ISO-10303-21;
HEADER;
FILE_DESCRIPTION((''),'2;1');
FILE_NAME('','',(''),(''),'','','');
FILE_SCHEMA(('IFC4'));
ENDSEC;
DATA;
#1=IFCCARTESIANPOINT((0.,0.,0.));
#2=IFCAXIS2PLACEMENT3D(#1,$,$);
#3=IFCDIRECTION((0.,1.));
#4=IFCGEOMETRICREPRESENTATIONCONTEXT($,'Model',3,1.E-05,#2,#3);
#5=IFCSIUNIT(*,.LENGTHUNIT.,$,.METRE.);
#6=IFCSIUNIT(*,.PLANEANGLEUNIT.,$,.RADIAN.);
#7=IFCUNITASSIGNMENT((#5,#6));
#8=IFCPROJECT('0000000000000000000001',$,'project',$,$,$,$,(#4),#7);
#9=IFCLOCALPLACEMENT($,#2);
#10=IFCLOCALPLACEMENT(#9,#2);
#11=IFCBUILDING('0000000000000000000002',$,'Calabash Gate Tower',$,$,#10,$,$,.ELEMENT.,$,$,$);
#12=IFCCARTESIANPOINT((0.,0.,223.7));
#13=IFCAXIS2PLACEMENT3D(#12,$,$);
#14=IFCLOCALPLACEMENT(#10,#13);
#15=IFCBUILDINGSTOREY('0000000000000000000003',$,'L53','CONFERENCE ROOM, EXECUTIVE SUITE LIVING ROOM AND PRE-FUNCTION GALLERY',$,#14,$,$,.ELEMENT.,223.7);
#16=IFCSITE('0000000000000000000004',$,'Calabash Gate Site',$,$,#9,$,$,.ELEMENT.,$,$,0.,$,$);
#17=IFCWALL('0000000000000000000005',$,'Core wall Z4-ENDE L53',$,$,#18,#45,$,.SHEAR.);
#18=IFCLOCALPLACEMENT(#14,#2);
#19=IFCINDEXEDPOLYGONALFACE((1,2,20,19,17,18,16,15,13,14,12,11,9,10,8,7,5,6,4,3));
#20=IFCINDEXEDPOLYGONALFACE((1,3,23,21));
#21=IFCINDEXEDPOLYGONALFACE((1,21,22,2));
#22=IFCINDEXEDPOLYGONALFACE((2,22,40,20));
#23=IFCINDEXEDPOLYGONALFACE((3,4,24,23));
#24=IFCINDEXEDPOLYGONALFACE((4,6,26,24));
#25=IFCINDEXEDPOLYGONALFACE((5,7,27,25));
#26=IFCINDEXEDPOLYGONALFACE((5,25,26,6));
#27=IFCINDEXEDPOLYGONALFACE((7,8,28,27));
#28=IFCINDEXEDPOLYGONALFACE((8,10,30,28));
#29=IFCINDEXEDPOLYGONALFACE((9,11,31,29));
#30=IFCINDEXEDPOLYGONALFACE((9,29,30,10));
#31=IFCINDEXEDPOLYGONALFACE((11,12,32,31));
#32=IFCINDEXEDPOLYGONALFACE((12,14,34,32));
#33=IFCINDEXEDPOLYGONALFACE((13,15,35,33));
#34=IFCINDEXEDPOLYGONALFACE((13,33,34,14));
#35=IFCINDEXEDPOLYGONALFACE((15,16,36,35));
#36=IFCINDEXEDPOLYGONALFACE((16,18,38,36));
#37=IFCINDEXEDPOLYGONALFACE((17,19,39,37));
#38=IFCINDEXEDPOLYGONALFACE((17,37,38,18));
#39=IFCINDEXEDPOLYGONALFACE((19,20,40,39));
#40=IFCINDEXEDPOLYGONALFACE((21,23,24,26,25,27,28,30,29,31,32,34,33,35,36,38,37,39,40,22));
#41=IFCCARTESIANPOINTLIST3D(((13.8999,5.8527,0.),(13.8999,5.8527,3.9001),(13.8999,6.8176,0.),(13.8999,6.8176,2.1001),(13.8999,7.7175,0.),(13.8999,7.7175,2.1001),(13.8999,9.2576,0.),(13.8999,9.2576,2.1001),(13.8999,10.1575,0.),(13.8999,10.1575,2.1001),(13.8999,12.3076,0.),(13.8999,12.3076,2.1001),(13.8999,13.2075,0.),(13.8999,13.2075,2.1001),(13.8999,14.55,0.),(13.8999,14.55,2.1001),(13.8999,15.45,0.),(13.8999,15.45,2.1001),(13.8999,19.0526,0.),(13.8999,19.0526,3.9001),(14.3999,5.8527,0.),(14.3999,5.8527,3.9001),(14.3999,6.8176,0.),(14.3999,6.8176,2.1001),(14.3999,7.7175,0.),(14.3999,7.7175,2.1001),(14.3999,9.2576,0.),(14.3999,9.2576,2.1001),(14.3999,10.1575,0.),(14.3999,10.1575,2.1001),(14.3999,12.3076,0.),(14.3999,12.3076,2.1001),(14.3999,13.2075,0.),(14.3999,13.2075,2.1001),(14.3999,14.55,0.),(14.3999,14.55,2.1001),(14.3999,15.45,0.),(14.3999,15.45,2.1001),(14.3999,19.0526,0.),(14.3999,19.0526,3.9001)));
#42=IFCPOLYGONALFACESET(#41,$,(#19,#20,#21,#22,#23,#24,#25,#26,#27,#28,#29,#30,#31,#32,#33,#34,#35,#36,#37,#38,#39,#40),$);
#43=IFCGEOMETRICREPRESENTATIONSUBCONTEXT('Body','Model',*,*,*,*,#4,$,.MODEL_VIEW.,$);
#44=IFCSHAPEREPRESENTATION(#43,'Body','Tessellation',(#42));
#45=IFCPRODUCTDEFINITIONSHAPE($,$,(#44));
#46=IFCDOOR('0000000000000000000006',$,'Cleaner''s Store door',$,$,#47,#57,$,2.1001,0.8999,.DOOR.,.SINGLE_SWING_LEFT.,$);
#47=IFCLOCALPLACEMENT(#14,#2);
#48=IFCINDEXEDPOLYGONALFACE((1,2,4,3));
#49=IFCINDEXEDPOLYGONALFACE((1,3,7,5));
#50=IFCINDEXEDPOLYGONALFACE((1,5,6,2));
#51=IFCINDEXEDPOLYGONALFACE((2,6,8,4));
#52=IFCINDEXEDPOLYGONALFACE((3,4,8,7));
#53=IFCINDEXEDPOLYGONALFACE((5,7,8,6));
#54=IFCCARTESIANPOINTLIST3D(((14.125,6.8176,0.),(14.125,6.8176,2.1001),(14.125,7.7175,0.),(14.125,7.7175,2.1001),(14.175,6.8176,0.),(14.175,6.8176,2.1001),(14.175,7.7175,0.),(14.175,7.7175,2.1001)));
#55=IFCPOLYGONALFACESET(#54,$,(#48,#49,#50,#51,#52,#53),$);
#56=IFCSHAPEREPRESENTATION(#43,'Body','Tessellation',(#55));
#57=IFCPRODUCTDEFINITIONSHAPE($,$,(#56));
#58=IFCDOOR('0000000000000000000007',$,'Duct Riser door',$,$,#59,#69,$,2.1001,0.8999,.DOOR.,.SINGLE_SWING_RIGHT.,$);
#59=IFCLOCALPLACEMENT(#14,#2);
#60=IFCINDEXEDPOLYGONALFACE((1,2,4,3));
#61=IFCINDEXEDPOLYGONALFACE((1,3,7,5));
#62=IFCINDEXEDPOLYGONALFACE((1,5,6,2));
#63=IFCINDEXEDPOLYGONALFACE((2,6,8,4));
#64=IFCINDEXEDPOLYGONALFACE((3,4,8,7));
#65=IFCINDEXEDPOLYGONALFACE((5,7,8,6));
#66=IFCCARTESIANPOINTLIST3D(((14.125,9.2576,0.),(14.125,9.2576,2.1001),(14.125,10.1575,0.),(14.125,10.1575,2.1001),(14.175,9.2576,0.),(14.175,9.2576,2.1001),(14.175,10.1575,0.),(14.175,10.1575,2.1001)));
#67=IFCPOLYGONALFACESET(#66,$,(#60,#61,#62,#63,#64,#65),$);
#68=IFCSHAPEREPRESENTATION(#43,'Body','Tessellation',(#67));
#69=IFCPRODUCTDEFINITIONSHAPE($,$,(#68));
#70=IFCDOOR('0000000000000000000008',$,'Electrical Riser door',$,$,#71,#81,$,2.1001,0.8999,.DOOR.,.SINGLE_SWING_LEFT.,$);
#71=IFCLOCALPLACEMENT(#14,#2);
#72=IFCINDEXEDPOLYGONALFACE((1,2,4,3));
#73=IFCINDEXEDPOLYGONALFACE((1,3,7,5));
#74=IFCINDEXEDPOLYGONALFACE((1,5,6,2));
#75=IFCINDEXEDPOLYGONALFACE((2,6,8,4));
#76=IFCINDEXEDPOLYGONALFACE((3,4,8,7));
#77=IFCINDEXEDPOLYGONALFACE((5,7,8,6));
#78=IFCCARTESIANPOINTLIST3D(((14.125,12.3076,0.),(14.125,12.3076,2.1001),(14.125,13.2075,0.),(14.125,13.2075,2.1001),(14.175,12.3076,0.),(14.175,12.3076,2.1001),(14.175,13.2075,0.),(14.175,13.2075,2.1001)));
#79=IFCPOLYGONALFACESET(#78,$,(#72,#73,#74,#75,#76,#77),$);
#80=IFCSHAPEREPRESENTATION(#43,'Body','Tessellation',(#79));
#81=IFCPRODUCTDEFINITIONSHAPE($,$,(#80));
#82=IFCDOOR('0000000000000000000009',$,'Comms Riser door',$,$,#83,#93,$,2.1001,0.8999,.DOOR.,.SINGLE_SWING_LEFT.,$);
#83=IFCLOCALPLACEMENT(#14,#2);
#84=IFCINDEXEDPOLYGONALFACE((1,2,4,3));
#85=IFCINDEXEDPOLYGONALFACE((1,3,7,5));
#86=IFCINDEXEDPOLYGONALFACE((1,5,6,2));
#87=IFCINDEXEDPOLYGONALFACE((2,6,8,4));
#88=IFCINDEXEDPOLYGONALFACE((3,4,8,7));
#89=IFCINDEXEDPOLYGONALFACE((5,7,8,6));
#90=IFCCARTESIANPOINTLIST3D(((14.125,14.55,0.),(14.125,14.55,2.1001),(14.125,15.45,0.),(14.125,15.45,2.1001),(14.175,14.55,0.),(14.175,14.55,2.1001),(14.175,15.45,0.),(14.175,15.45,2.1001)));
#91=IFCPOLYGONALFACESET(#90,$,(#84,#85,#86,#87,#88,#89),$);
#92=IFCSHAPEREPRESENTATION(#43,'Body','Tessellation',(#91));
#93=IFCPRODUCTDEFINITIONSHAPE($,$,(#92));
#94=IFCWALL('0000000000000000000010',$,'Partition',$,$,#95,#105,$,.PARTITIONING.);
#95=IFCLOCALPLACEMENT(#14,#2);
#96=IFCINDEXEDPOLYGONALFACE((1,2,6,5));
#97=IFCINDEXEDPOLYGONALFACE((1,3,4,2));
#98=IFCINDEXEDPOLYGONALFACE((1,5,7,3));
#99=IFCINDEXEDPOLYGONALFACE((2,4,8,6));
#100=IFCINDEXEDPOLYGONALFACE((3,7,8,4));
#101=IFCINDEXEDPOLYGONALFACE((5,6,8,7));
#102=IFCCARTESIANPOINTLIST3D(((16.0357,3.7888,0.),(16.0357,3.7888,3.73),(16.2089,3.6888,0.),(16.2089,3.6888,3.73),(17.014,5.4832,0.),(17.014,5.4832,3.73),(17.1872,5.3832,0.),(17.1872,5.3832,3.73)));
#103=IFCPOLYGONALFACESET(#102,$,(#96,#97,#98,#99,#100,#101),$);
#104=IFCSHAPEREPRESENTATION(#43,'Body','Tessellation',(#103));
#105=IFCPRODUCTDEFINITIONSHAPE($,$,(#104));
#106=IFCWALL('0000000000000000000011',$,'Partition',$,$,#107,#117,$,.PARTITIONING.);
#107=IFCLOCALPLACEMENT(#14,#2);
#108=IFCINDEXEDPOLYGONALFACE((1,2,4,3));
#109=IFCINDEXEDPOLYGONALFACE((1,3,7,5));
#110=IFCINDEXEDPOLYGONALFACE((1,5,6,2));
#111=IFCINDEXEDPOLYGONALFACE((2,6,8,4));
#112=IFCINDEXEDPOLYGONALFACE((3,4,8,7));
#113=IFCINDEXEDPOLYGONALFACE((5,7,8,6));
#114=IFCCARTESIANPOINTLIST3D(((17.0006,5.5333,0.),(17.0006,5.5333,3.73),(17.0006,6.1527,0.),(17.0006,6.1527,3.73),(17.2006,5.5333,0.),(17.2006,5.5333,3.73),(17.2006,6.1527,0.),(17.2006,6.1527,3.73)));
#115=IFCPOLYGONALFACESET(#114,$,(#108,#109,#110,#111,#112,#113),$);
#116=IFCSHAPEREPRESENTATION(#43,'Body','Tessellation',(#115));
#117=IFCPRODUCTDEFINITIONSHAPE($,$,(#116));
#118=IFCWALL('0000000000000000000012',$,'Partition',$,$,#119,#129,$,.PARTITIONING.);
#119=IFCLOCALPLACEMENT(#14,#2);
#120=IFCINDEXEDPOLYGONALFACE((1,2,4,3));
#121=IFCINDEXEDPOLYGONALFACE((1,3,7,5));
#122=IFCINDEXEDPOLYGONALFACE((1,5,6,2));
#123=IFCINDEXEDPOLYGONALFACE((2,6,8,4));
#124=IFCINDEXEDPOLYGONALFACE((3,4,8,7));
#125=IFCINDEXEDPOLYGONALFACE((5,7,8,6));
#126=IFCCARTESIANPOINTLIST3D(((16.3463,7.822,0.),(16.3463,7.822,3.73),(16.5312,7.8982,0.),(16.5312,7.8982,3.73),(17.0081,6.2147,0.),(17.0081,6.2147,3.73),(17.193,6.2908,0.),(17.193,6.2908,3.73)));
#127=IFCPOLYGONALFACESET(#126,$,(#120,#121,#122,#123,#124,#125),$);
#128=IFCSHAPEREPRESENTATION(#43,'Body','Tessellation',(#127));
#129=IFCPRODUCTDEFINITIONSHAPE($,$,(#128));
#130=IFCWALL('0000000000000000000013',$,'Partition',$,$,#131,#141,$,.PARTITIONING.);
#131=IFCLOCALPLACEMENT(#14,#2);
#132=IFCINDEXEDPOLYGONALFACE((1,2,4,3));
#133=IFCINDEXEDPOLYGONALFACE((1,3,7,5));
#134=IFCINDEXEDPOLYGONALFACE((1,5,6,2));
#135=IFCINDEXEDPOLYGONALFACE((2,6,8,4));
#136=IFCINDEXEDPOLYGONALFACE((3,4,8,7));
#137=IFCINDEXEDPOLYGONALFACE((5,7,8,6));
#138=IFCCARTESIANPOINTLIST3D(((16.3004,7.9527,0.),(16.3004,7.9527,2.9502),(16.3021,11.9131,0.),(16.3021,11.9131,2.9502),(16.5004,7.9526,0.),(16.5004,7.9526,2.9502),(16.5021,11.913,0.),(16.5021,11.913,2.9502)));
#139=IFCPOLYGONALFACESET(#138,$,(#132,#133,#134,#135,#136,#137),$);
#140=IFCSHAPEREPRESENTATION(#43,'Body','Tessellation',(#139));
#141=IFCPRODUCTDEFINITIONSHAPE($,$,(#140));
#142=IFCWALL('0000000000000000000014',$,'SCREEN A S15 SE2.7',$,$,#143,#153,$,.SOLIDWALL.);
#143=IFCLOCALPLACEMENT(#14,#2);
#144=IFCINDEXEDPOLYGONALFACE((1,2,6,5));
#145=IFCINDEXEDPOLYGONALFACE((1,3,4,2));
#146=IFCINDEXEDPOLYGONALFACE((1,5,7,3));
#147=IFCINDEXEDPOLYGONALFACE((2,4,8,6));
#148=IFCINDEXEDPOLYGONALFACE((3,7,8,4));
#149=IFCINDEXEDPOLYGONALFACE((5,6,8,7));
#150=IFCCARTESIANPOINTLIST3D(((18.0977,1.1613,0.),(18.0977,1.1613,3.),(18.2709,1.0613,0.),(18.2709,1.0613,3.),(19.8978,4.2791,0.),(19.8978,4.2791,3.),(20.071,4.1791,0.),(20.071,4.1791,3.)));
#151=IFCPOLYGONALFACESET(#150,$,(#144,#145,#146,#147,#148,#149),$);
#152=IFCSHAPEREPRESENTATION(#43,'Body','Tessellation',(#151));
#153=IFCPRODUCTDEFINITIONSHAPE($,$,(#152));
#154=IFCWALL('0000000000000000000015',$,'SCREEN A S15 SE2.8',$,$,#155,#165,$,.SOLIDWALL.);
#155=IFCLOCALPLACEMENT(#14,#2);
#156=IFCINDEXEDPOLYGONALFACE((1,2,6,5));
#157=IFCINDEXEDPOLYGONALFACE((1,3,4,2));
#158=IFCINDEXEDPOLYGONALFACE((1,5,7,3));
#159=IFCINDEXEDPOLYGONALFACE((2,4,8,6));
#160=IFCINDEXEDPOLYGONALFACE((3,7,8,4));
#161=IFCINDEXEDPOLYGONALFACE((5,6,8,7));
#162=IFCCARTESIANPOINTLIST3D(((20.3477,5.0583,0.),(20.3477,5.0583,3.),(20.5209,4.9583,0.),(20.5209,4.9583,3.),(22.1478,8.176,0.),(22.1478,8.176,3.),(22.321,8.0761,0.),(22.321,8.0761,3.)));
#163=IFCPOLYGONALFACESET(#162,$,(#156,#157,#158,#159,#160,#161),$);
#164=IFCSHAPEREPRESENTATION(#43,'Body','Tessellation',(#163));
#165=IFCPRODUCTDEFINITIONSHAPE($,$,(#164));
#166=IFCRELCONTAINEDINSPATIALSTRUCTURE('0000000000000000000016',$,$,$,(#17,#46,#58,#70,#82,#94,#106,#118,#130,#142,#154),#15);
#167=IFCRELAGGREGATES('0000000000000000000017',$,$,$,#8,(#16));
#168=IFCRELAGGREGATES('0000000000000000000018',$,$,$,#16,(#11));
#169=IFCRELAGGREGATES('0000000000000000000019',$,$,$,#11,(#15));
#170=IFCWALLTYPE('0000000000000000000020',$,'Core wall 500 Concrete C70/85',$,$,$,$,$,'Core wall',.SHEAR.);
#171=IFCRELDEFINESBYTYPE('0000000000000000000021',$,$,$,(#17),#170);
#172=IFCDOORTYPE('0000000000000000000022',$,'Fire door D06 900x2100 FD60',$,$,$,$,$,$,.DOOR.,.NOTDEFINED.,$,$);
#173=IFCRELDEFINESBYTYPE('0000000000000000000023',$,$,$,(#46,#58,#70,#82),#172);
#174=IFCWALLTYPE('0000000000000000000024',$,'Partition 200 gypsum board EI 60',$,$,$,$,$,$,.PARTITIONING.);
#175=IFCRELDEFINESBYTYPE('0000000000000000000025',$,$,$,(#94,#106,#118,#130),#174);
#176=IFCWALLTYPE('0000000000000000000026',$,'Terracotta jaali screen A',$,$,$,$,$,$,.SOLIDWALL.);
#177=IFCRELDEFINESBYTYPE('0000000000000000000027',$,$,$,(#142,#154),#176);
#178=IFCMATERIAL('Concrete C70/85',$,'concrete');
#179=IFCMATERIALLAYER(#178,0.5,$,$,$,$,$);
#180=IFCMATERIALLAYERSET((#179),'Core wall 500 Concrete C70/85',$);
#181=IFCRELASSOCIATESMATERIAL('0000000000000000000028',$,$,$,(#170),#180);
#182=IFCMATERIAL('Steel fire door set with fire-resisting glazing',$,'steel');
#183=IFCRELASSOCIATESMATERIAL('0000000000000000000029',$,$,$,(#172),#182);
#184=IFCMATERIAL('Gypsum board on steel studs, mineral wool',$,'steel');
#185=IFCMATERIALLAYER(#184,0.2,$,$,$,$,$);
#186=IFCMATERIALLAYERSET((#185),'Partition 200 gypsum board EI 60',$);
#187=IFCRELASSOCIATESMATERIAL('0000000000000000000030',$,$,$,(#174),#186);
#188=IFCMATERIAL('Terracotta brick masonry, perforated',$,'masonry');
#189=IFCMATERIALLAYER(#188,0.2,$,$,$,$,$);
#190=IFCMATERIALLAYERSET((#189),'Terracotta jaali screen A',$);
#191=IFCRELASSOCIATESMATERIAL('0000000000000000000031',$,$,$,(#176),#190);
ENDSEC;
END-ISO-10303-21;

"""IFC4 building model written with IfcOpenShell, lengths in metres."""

from ifc_helpers import new_model, si_unit, direction, frame, frame_2d, origin, place, context, subcontext, project, spatial, rectangle, extrude, material, layer, layer_set, type_object, element, fill, save


model = new_model("IFC4")

# Units and contexts
model_context = context("Model", 3, precision=1e-05, world=origin(), true_north=direction((0.0, 1.0)))
body_context = subcontext(model_context, "Body", "Model", "MODEL_VIEW")
ifc_project = project(units=[si_unit("LENGTHUNIT", "METRE"), si_unit("PLANEANGLEUNIT", "RADIAN")], contexts=[model_context])

# Site, building, storey
site_placement = place(None, origin())
site = spatial("IfcSite", under=ifc_project, at=site_placement, Name="Calabash Gate Site", CompositionType="ELEMENT", RefElevation=0.0)
building_placement = place(site_placement, origin())
building = spatial("IfcBuilding", under=site, at=building_placement, Name="Calabash Gate Tower", CompositionType="ELEMENT")
storey_placement = place(building_placement, frame((0.0, 0.0, 223.7)))
storey = spatial("IfcBuildingStorey", under=building, at=storey_placement, Name="L53", Description="CONFERENCE ROOM, EXECUTIVE SUITE LIVING ROOM AND PRE-FUNCTION GALLERY", CompositionType="ELEMENT", Elevation=223.7)

# Wall, openings, doors
ifc_material_1 = material(Name="Concrete C70/85", Category="concrete")
ifc_layer_1 = layer(ifc_material_1, 0.5)
ifc_layer_set_1 = layer_set([ifc_layer_1], Name="Core wall 500 Concrete C70/85")
wall_type_1 = type_object("IfcWallType", Name="Core wall 500 Concrete C70/85", ElementType="Core wall", PredefinedType="SHEAR", material=ifc_layer_set_1)
wall_1_placement = place(storey_placement, frame((14.1499, 5.8525, 0.0), z_axis=(0.0, 0.0, 1.0), x_axis=(0.0, 1.0, 0.0)))
wall_1 = element("IfcWall", 1, at=wall_1_placement, inside=storey, type_object=wall_type_1, Name="Core wall Z4-ENDE L53", PredefinedType="SHEAR", context=body_context, shape_type="SweptSolid", body=[
    extrude(rectangle(XDim=13.2, YDim=0.5, at=frame_2d((6.6001, 0.0))), origin(), (0.0, 0.0, 1.0), 3.9001),
])
opening_1_placement = place(wall_1_placement, frame((0.9651, 0.0, 0.0)))
opening_1 = element("IfcOpeningElement", 2, at=opening_1_placement, cuts=wall_1, PredefinedType="OPENING", context=body_context, shape_type="SweptSolid", body=[
    extrude(rectangle(XDim=0.8999, YDim=2.1001, at=frame_2d((0.45, 1.05))), frame((0.0, 0.26, 0.0), z_axis=(0.0, -1.0, 0.0), x_axis=(1.0, 0.0, 0.0)), (0.0, 0.0, 1.0), 0.52),
])
opening_2_placement = place(wall_1_placement, frame((3.405, 0.0, 0.0)))
opening_2 = element("IfcOpeningElement", 3, at=opening_2_placement, cuts=wall_1, PredefinedType="OPENING", context=body_context, shape_type="SweptSolid", body=[
    extrude(rectangle(XDim=0.8999, YDim=2.1001, at=frame_2d((0.45, 1.05))), frame((0.0, 0.26, 0.0), z_axis=(0.0, -1.0, 0.0), x_axis=(1.0, 0.0, 0.0)), (0.0, 0.0, 1.0), 0.52),
])
opening_3_placement = place(wall_1_placement, frame((6.4551, 0.0, 0.0)))
opening_3 = element("IfcOpeningElement", 4, at=opening_3_placement, cuts=wall_1, PredefinedType="OPENING", context=body_context, shape_type="SweptSolid", body=[
    extrude(rectangle(XDim=0.8999, YDim=2.1001, at=frame_2d((0.45, 1.05))), frame((0.0, 0.26, 0.0), z_axis=(0.0, -1.0, 0.0), x_axis=(1.0, 0.0, 0.0)), (0.0, 0.0, 1.0), 0.52),
])
opening_4_placement = place(wall_1_placement, frame((8.6975, 0.0, 0.0)))
opening_4 = element("IfcOpeningElement", 5, at=opening_4_placement, cuts=wall_1, PredefinedType="OPENING", context=body_context, shape_type="SweptSolid", body=[
    extrude(rectangle(XDim=0.8999, YDim=2.1001, at=frame_2d((0.45, 1.05))), frame((0.0, 0.26, 0.0), z_axis=(0.0, -1.0, 0.0), x_axis=(1.0, 0.0, 0.0)), (0.0, 0.0, 1.0), 0.52),
])
ifc_material_2 = material(Name="Steel fire door set with fire-resisting glazing", Category="steel")
door_type_1 = type_object("IfcDoorType", Name="Fire door D06 900x2100 FD60", OperationType="NOTDEFINED", PredefinedType="DOOR", material=ifc_material_2)
door_1_placement = place(opening_1_placement, origin())
door_1 = element("IfcDoor", 6, at=door_1_placement, inside=storey, type_object=door_type_1, Name="Cleaner's Store door", OperationType="SINGLE_SWING_LEFT", OverallHeight=2.1001, OverallWidth=0.8999, PredefinedType="DOOR", context=body_context, shape_type="SweptSolid", body=[
    extrude(rectangle(XDim=0.8999, YDim=2.1001, at=frame_2d((0.45, 1.05))), frame((0.0, 0.0249, 0.0), z_axis=(0.0, -1.0, 0.0), x_axis=(1.0, 0.0, 0.0)), (0.0, 0.0, 1.0), 0.05),
])
fill(opening_1, door_1)
door_2_placement = place(opening_2_placement, origin())
door_2 = element("IfcDoor", 7, at=door_2_placement, inside=storey, type_object=door_type_1, Name="Duct Riser door", OperationType="SINGLE_SWING_RIGHT", OverallHeight=2.1001, OverallWidth=0.8999, PredefinedType="DOOR", context=body_context, shape_type="SweptSolid", body=[
    extrude(rectangle(XDim=0.8999, YDim=2.1001, at=frame_2d((0.45, 1.05))), frame((0.0, 0.0249, 0.0), z_axis=(0.0, -1.0, 0.0), x_axis=(1.0, 0.0, 0.0)), (0.0, 0.0, 1.0), 0.05),
])
fill(opening_2, door_2)
door_3_placement = place(opening_3_placement, origin())
door_3 = element("IfcDoor", 8, at=door_3_placement, inside=storey, type_object=door_type_1, Name="Electrical Riser door", OperationType="SINGLE_SWING_LEFT", OverallHeight=2.1001, OverallWidth=0.8999, PredefinedType="DOOR", context=body_context, shape_type="SweptSolid", body=[
    extrude(rectangle(XDim=0.8999, YDim=2.1001, at=frame_2d((0.45, 1.05))), frame((0.0, 0.0249, 0.0), z_axis=(0.0, -1.0, 0.0), x_axis=(1.0, 0.0, 0.0)), (0.0, 0.0, 1.0), 0.05),
])
fill(opening_3, door_3)
door_4_placement = place(opening_4_placement, origin())
door_4 = element("IfcDoor", 9, at=door_4_placement, inside=storey, type_object=door_type_1, Name="Comms Riser door", OperationType="SINGLE_SWING_LEFT", OverallHeight=2.1001, OverallWidth=0.8999, PredefinedType="DOOR", context=body_context, shape_type="SweptSolid", body=[
    extrude(rectangle(XDim=0.8999, YDim=2.1001, at=frame_2d((0.45, 1.05))), frame((0.0, 0.0249, 0.0), z_axis=(0.0, -1.0, 0.0), x_axis=(1.0, 0.0, 0.0)), (0.0, 0.0, 1.0), 0.05),
])
fill(opening_4, door_4)

# Walls
ifc_material_3 = material(Name="Gypsum board on steel studs, mineral wool", Category="steel")
ifc_layer_2 = layer(ifc_material_3, 0.2)
ifc_layer_set_2 = layer_set([ifc_layer_2], Name="Partition 200 gypsum board EI 60")
wall_type_2 = type_object("IfcWallType", Name="Partition 200 gypsum board EI 60", PredefinedType="PARTITIONING", material=ifc_layer_set_2)
wall_2_placement = place(storey_placement, frame((16.1223, 3.7388, 0.0), z_axis=(0.0, 0.0, 1.0), x_axis=(0.500018, 0.866015, 0.0)))
element("IfcWall", 10, at=wall_2_placement, inside=storey, type_object=wall_type_2, Name="Partition", PredefinedType="PARTITIONING", context=body_context, shape_type="SweptSolid", body=[
    extrude(rectangle(XDim=1.9565, YDim=0.2, at=frame_2d((0.9783, 0.0))), origin(), (0.0, 0.0, 1.0), 3.73),
])
wall_3_placement = place(storey_placement, frame((17.1006, 6.1526, 0.0), z_axis=(0.0, 0.0, 1.0), x_axis=(0.0, -1.0, 0.0)))
element("IfcWall", 11, at=wall_3_placement, inside=storey, type_object=wall_type_2, Name="Partition", PredefinedType="PARTITIONING", context=body_context, shape_type="SweptSolid", body=[
    extrude(rectangle(XDim=0.6194, YDim=0.2, at=frame_2d((0.3096, 0.0))), origin(), (0.0, 0.0, 1.0), 3.73),
])
wall_4_placement = place(storey_placement, frame((16.4387, 7.8601, 0.0), z_axis=(0.0, 0.0, 1.0), x_axis=(0.380743, -0.924681, 0.0)))
element("IfcWall", 12, at=wall_4_placement, inside=storey, type_object=wall_type_2, Name="Partition", PredefinedType="PARTITIONING", context=body_context, shape_type="SweptSolid", body=[
    extrude(rectangle(XDim=1.7383, YDim=0.2, at=frame_2d((0.8691, 0.0))), origin(), (0.0, 0.0, 1.0), 3.73),
])
wall_5_placement = place(storey_placement, frame((16.4004, 7.9526, 0.0), z_axis=(0.0, 0.0, 1.0), x_axis=(0.000432, 1.0, 0.0)))
element("IfcWall", 13, at=wall_5_placement, inside=storey, type_object=wall_type_2, Name="Partition", PredefinedType="PARTITIONING", context=body_context, shape_type="SweptSolid", body=[
    extrude(rectangle(XDim=3.9604, YDim=0.2, at=frame_2d((1.9802, 0.0))), origin(), (0.0, 0.0, 1.0), 2.9502),
])
ifc_material_4 = material(Name="Terracotta brick masonry, perforated", Category="masonry")
ifc_layer_3 = layer(ifc_material_4, 0.2)
ifc_layer_set_3 = layer_set([ifc_layer_3], Name="Terracotta jaali screen A")
wall_type_3 = type_object("IfcWallType", Name="Terracotta jaali screen A", PredefinedType="SOLIDWALL", material=ifc_layer_set_3)
for number, where, z_axis, x_axis, name in (
    (14, (18.1843, 1.1113, 0.0), (0.0, 0.0, 1.0), (0.500012, 0.866018, 0.0), "SCREEN A S15 SE2.7"),
    (15, (20.4343, 5.0083, 0.0), (0.0, 0.0, 1.0), (0.500012, 0.866018, 0.0), "SCREEN A S15 SE2.8"),
):
    element("IfcWall", number, at=place(storey_placement, frame(where, z_axis=z_axis, x_axis=x_axis)), inside=storey, type_object=wall_type_3, Name=name, PredefinedType="SOLIDWALL", context=body_context, shape_type="SweptSolid", body=[
        extrude(rectangle(XDim=3.6001, YDim=0.2, at=frame_2d((1.8, 0.0))), origin(), (0.0, 0.0, 1.0), 3.0),
    ])

save(model, "model.ifc")
